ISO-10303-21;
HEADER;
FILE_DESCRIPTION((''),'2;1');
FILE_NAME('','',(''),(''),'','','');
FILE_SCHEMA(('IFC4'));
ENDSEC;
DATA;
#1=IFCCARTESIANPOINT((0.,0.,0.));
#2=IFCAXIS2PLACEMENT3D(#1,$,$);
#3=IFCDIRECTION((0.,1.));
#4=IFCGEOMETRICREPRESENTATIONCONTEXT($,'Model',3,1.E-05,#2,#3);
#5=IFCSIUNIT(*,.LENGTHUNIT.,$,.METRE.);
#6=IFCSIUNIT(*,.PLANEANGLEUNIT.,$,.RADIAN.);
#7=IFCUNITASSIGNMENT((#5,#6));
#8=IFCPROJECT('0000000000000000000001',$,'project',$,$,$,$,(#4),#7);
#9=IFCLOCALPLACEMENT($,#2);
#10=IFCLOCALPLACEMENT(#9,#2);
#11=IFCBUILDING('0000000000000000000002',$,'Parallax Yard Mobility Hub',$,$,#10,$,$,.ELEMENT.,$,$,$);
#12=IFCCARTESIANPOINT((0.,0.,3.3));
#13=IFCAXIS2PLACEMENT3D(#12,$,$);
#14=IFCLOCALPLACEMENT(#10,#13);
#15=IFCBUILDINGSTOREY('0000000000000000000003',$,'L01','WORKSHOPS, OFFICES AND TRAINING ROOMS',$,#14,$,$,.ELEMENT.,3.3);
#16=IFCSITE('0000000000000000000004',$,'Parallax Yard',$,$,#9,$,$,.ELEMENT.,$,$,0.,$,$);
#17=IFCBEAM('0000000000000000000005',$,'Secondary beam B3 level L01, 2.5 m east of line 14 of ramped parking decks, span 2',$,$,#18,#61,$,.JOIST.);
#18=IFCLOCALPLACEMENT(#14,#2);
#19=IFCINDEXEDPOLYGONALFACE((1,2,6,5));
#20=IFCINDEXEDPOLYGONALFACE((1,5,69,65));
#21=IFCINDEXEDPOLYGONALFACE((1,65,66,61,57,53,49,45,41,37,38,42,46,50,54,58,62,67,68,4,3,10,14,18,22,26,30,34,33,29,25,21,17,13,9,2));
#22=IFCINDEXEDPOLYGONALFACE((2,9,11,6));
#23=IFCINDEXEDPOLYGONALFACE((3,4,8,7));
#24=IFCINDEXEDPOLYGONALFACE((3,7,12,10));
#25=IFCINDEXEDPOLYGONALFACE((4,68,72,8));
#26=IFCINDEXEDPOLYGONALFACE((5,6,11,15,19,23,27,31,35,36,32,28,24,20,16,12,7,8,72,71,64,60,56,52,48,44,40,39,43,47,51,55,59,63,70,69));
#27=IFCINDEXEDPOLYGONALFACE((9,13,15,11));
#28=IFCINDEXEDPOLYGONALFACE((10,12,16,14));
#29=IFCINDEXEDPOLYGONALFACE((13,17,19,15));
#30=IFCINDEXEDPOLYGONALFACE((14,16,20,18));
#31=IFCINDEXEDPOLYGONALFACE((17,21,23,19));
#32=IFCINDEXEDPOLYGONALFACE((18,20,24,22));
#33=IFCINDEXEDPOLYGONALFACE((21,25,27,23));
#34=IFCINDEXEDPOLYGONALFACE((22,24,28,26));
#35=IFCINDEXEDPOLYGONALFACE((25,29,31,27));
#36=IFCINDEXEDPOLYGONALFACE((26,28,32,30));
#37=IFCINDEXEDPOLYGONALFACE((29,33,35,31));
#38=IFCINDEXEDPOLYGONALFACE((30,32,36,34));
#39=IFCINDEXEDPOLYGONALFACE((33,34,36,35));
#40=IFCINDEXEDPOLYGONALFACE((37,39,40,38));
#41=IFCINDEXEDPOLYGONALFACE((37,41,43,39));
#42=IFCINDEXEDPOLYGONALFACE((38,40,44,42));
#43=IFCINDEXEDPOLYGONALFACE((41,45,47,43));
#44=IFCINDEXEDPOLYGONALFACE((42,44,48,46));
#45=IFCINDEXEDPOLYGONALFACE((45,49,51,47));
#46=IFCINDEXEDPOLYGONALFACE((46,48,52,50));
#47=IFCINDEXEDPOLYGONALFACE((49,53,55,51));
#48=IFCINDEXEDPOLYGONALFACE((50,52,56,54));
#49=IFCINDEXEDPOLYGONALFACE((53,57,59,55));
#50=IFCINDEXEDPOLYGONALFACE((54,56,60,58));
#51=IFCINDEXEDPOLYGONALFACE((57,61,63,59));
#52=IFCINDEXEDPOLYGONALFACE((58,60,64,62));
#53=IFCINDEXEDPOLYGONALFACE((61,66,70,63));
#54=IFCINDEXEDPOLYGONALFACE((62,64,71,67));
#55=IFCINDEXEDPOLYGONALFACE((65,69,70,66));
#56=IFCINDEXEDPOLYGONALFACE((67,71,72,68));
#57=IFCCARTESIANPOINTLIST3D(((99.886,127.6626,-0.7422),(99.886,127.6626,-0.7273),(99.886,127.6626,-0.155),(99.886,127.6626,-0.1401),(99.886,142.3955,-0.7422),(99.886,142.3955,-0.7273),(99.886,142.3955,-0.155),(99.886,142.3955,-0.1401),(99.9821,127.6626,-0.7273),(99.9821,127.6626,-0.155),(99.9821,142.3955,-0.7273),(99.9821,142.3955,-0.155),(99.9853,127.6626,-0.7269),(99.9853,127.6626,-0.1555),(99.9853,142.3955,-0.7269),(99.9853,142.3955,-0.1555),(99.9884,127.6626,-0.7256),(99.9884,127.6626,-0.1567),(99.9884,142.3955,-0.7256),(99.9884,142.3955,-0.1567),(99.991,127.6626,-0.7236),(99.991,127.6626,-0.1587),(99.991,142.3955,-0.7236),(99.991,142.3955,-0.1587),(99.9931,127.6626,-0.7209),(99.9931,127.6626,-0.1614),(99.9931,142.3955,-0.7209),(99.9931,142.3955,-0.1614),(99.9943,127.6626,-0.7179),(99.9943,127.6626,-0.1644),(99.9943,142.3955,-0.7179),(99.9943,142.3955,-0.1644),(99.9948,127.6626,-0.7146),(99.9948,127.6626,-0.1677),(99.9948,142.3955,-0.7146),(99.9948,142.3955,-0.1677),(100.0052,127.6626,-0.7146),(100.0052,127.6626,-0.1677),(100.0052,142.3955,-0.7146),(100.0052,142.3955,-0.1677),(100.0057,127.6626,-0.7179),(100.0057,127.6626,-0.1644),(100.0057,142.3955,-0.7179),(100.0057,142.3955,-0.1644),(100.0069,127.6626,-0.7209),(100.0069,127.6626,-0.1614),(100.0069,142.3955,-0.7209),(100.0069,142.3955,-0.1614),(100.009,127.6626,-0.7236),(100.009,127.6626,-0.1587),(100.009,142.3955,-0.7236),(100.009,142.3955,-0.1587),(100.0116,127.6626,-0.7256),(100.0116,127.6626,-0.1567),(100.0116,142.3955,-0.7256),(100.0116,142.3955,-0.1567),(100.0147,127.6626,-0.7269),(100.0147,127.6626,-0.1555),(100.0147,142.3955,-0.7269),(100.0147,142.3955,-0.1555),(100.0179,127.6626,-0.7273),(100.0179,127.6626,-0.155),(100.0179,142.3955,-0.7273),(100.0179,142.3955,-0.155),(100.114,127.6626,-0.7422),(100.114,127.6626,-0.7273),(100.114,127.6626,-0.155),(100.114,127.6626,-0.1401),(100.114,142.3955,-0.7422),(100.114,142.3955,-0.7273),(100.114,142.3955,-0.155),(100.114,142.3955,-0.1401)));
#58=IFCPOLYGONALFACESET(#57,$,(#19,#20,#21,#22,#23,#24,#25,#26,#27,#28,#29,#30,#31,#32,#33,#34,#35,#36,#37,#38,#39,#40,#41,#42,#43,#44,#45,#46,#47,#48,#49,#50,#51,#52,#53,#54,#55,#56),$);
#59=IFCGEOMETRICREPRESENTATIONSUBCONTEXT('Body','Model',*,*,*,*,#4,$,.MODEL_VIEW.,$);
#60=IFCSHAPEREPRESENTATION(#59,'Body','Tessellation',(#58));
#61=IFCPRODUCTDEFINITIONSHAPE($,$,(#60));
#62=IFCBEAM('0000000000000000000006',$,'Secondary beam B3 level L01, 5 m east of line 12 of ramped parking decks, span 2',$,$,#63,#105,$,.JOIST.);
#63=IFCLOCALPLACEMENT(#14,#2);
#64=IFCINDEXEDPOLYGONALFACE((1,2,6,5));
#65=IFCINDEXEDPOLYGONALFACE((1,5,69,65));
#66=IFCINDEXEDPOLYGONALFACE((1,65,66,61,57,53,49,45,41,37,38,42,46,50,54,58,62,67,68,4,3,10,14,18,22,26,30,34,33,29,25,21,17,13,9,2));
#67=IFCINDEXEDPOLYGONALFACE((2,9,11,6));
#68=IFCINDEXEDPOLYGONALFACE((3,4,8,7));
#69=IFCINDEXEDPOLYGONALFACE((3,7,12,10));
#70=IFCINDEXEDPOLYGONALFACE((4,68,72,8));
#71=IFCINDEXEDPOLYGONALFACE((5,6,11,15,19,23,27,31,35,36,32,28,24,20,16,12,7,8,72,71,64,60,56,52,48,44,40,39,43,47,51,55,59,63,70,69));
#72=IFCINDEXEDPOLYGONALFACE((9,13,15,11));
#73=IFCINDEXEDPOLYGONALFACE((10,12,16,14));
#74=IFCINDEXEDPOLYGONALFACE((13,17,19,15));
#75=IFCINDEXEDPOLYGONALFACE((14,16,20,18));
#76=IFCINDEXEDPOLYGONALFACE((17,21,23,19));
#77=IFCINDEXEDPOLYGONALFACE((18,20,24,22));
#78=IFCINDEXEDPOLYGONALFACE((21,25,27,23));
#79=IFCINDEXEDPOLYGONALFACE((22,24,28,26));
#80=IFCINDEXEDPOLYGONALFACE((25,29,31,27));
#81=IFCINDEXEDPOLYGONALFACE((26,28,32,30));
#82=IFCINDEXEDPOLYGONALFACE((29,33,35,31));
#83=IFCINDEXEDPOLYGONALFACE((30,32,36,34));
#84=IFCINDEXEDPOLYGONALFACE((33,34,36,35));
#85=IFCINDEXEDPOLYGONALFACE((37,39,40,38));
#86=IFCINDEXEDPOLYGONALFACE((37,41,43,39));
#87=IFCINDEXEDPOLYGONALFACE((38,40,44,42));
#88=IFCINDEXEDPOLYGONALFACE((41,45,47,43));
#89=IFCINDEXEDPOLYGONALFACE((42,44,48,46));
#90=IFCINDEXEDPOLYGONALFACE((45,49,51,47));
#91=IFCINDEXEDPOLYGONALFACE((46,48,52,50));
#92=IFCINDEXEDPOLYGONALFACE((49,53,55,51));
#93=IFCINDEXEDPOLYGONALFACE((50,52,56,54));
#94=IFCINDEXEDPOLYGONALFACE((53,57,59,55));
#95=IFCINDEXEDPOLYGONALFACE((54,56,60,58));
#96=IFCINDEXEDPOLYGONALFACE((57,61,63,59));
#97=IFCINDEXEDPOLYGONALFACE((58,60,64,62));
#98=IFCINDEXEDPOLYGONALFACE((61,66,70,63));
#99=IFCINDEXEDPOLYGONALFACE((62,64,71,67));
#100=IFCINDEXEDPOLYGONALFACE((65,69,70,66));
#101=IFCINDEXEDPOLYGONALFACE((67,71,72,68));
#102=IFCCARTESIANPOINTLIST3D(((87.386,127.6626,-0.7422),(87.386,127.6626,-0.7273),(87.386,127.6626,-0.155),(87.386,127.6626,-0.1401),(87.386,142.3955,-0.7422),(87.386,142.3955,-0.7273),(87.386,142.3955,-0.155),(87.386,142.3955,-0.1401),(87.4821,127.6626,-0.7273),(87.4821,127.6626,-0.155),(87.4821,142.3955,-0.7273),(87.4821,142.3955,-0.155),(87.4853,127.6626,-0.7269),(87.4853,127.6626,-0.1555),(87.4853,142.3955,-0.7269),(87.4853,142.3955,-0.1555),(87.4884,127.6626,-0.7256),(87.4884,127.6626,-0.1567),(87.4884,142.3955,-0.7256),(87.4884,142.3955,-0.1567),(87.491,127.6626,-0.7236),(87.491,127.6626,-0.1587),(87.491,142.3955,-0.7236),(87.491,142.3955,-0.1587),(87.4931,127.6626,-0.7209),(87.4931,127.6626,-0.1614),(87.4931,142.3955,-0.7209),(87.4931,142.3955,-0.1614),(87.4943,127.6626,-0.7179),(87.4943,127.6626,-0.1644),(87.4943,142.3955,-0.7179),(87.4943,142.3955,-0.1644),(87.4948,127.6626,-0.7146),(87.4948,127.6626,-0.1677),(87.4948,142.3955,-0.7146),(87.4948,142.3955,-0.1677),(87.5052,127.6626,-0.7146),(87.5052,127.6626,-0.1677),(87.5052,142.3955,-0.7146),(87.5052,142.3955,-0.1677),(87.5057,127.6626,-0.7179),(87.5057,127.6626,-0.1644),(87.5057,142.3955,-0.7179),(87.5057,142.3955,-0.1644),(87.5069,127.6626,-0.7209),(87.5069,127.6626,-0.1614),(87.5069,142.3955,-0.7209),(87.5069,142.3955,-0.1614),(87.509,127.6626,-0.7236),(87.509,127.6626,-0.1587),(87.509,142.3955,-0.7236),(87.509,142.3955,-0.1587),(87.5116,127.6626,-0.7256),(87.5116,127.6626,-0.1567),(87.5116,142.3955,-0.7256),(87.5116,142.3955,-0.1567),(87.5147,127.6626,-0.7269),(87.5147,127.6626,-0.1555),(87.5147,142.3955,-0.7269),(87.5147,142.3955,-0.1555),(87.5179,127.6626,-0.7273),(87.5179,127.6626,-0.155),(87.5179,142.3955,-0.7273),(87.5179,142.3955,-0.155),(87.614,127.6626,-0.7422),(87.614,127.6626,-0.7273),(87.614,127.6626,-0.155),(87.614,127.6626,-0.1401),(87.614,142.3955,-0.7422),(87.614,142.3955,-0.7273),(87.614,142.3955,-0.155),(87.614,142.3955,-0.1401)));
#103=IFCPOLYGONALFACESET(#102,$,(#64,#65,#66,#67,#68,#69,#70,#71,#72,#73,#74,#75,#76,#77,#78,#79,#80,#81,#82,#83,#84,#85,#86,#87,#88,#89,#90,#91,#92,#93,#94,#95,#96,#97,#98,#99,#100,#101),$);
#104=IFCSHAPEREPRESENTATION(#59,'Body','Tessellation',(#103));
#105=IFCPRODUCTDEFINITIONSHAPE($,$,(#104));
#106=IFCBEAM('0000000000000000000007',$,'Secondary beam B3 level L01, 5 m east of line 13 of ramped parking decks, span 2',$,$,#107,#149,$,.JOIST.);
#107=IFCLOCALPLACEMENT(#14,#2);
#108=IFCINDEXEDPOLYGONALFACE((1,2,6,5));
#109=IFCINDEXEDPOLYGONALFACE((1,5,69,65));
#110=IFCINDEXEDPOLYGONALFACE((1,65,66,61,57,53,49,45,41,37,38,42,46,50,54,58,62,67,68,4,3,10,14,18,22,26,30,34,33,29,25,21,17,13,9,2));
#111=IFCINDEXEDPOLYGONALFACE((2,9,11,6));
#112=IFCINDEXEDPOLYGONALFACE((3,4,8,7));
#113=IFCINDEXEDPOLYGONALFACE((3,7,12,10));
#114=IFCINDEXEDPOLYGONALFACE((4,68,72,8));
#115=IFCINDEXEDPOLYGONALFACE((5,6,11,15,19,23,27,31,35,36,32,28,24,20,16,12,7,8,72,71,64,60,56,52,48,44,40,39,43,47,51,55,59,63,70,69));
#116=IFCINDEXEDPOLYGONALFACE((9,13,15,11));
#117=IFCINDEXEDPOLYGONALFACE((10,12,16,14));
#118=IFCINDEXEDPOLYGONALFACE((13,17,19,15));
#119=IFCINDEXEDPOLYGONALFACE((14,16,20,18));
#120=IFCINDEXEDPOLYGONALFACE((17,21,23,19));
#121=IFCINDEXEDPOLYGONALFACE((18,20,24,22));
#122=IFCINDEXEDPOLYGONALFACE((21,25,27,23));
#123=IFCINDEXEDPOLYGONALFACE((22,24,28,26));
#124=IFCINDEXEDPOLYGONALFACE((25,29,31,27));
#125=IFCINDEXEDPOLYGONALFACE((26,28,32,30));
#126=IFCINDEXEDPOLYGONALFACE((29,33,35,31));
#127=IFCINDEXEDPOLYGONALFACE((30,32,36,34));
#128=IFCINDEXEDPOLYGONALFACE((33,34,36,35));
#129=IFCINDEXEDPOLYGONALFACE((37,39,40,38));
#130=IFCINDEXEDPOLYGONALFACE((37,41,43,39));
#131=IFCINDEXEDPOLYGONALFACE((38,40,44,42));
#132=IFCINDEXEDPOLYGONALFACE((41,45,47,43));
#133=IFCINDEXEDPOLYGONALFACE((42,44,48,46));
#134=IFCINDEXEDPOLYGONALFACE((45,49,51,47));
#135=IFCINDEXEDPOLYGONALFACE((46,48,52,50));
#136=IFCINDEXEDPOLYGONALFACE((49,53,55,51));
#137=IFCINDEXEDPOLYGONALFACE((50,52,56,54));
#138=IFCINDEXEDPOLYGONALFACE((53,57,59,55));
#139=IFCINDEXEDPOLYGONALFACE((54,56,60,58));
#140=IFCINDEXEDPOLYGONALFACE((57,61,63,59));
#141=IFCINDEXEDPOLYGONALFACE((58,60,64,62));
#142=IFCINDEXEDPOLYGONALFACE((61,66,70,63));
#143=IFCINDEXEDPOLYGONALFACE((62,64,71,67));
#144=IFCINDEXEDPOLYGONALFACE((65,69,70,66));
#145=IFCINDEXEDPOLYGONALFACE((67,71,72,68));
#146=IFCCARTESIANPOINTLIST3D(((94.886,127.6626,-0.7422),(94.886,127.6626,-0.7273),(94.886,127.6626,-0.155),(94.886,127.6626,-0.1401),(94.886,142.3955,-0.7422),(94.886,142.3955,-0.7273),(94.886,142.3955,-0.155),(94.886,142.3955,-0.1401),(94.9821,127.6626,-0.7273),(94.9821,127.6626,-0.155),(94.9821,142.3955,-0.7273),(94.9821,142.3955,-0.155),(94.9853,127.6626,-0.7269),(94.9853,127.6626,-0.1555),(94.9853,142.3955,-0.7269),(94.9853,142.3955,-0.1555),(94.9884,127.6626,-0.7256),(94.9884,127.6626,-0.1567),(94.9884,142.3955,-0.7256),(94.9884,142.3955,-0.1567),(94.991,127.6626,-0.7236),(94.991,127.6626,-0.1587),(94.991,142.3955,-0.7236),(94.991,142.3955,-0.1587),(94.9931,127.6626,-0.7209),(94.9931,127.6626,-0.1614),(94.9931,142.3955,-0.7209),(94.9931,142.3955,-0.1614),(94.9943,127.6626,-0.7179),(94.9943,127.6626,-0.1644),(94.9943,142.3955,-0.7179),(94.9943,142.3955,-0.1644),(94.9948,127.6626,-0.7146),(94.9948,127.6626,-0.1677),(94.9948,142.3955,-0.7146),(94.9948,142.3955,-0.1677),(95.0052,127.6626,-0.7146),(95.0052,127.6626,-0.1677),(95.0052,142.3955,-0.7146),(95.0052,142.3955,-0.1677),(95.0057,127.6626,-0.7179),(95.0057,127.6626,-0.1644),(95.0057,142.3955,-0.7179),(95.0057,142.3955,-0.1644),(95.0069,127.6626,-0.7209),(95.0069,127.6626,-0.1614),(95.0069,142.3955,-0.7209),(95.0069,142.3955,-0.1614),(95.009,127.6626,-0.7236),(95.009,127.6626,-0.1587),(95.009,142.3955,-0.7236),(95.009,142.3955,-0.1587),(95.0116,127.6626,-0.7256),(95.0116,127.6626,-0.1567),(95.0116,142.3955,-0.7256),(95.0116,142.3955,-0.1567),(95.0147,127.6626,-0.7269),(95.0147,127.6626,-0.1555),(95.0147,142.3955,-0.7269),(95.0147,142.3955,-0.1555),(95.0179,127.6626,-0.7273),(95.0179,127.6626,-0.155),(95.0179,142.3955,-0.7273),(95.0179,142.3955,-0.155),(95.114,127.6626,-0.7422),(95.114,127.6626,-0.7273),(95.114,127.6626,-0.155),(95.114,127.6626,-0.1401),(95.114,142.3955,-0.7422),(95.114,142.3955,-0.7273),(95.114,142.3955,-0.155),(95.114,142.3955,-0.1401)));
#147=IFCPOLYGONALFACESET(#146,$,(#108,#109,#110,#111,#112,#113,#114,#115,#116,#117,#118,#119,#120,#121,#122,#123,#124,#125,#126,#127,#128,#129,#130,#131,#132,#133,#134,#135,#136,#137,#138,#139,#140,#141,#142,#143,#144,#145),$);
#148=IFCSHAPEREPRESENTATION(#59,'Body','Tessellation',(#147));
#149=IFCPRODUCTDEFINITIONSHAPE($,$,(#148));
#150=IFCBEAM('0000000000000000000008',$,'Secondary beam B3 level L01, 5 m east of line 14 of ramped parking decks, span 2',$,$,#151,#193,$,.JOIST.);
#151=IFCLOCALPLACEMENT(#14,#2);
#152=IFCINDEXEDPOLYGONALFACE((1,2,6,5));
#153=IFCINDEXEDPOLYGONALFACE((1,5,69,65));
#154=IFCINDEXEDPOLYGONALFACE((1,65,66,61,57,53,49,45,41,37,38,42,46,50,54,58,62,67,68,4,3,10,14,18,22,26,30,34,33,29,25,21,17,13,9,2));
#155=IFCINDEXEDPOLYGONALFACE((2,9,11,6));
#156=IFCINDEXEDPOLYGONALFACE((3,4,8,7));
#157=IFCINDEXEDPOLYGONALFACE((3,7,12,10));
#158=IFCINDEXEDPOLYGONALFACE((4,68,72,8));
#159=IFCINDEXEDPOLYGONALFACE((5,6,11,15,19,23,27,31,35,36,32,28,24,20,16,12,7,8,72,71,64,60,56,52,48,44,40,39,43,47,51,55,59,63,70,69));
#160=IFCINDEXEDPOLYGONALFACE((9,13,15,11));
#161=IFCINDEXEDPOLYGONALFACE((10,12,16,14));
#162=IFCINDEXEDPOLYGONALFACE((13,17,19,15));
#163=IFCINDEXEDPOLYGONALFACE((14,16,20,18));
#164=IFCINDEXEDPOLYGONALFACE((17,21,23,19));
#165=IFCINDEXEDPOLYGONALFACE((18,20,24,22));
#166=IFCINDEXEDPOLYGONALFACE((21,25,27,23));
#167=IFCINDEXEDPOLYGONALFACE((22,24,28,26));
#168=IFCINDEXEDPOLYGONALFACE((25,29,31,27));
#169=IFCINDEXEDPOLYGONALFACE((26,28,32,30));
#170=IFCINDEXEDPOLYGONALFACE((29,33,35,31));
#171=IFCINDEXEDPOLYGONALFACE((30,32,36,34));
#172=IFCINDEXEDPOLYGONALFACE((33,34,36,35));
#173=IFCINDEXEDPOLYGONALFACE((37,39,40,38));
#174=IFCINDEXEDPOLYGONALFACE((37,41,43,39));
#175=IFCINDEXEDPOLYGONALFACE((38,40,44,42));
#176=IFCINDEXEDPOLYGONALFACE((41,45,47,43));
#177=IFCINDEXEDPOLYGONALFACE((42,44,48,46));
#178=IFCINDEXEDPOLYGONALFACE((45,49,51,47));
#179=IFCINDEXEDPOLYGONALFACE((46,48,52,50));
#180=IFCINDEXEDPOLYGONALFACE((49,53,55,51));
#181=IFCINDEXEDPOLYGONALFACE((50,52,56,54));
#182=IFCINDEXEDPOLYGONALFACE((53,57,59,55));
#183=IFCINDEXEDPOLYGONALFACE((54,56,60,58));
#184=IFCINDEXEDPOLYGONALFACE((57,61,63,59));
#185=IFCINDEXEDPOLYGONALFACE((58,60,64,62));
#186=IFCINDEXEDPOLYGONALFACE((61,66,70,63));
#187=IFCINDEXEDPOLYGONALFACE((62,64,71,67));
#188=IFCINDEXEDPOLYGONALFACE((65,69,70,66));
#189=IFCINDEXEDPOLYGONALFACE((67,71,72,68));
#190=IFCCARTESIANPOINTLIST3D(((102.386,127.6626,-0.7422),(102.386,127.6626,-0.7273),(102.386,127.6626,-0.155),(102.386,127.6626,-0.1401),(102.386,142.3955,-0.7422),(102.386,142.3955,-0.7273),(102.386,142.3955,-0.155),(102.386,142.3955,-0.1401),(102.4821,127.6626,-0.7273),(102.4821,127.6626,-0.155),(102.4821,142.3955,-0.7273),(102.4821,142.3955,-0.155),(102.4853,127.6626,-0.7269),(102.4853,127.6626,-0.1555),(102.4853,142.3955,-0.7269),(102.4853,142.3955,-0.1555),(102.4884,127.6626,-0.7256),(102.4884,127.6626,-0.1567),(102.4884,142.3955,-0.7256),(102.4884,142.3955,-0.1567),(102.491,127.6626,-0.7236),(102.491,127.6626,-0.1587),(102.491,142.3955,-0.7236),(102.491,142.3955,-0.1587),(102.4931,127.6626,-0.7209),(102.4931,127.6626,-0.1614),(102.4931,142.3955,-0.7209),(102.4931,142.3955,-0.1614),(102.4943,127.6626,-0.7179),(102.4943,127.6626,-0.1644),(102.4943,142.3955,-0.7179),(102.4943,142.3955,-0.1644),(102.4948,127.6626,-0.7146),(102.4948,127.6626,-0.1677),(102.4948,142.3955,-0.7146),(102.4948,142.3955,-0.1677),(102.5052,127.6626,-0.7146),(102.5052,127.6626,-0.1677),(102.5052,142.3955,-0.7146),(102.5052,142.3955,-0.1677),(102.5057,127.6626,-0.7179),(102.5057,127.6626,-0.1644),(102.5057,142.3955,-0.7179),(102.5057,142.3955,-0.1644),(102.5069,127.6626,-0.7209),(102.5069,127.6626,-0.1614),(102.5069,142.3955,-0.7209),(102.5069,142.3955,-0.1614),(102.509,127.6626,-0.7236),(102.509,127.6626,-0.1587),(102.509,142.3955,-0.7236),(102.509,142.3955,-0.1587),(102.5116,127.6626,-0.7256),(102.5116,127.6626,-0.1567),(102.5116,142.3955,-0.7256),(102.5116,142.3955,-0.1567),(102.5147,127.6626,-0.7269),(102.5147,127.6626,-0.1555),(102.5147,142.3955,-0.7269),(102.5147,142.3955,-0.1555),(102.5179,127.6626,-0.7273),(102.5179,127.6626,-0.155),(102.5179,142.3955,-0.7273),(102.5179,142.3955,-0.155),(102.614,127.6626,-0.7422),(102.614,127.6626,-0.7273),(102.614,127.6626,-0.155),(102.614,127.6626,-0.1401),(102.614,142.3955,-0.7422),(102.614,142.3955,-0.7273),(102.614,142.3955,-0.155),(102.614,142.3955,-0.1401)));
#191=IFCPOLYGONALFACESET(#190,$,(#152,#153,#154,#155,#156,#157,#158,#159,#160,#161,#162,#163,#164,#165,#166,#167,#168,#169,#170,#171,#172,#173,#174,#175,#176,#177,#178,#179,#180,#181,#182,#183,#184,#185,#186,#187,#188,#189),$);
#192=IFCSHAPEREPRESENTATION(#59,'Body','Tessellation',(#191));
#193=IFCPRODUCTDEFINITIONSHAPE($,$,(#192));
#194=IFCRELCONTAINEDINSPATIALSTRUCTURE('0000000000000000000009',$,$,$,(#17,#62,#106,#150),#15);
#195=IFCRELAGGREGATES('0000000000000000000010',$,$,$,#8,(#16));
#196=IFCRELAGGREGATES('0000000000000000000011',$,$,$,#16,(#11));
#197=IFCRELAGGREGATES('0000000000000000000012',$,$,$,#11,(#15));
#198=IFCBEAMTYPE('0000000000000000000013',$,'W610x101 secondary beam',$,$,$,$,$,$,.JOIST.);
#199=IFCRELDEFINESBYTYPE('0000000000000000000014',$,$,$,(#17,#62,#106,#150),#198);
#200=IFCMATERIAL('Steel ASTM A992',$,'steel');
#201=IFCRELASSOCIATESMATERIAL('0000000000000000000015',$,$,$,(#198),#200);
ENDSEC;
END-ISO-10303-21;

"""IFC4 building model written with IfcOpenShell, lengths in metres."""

from ifc_helpers import new_model, si_unit, direction, frame, origin, origin_2d, place, context, subcontext, project, spatial, i_section, extrude, material, material_profile, profile_set, type_object, element, save


model = new_model("IFC4")

# Units and contexts
model_context = context("Model", 3, precision=1e-05, world=origin(), true_north=direction((0.0, 1.0)))
body_context = subcontext(model_context, "Body", "Model", "MODEL_VIEW")
ifc_project = project(units=[si_unit("LENGTHUNIT", "METRE"), si_unit("PLANEANGLEUNIT", "RADIAN")], contexts=[model_context])

# Site, building, storey
site_placement = place(None, origin())
site = spatial("IfcSite", under=ifc_project, at=site_placement, Name="Parallax Yard", CompositionType="ELEMENT", RefElevation=0.0)
building_placement = place(site_placement, origin())
building = spatial("IfcBuilding", under=site, at=building_placement, Name="Parallax Yard Mobility Hub", CompositionType="ELEMENT")
storey_placement = place(building_placement, frame((0.0, 0.0, 3.3)))
storey = spatial("IfcBuildingStorey", under=building, at=storey_placement, Name="L01", Description="WORKSHOPS, OFFICES AND TRAINING ROOMS", CompositionType="ELEMENT", Elevation=3.3)

# Shared definitions
ifc_material_1 = material(Name="Steel ASTM A992", Category="steel")

# Beams
ifc_material_profile_1 = material_profile(ifc_material_1, i_section(OverallWidth=0.228, OverallDepth=0.6021, WebThickness=0.0105, FlangeThickness=0.0149, FilletRadius=0.0127, at=origin_2d()), Name="W610x101")
ifc_profile_set_1 = profile_set([ifc_material_profile_1], Name="Steel ASTM A992")
beam_type_1 = type_object("IfcBeamType", Name="W610x101 secondary beam", PredefinedType="JOIST", material=ifc_profile_set_1)
for number, where, z_axis, x_axis, name in (
    (1, (100.0, 127.6626, -0.4412), (0.0, 1.0, 0.0), (-1.0, 0.0, 0.0), "Secondary beam B3 level L01, 2.5 m east of line 14 of ramped parking decks, span 2"),
    (2, (87.5, 127.6626, -0.4412), (0.0, 1.0, 0.0), (-1.0, 0.0, 0.0), "Secondary beam B3 level L01, 5 m east of line 12 of ramped parking decks, span 2"),
    (3, (95.0, 127.6626, -0.4412), (0.0, 1.0, 0.0), (-1.0, 0.0, 0.0), "Secondary beam B3 level L01, 5 m east of line 13 of ramped parking decks, span 2"),
    (4, (102.5, 127.6626, -0.4412), (0.0, 1.0, 0.0), (-1.0, 0.0, 0.0), "Secondary beam B3 level L01, 5 m east of line 14 of ramped parking decks, span 2"),
):
    element("IfcBeam", number, at=place(storey_placement, frame(where, z_axis=z_axis, x_axis=x_axis)), inside=storey, type_object=beam_type_1, Name=name, PredefinedType="JOIST", context=body_context, shape_type="SweptSolid", body=[
        extrude(i_section(OverallWidth=0.228, OverallDepth=0.6021, WebThickness=0.0105, FlangeThickness=0.0149, FilletRadius=0.0127, at=origin_2d()), origin(), (0.0, 0.0, 1.0), 14.7329),
    ])

save(model, "model.ifc")
